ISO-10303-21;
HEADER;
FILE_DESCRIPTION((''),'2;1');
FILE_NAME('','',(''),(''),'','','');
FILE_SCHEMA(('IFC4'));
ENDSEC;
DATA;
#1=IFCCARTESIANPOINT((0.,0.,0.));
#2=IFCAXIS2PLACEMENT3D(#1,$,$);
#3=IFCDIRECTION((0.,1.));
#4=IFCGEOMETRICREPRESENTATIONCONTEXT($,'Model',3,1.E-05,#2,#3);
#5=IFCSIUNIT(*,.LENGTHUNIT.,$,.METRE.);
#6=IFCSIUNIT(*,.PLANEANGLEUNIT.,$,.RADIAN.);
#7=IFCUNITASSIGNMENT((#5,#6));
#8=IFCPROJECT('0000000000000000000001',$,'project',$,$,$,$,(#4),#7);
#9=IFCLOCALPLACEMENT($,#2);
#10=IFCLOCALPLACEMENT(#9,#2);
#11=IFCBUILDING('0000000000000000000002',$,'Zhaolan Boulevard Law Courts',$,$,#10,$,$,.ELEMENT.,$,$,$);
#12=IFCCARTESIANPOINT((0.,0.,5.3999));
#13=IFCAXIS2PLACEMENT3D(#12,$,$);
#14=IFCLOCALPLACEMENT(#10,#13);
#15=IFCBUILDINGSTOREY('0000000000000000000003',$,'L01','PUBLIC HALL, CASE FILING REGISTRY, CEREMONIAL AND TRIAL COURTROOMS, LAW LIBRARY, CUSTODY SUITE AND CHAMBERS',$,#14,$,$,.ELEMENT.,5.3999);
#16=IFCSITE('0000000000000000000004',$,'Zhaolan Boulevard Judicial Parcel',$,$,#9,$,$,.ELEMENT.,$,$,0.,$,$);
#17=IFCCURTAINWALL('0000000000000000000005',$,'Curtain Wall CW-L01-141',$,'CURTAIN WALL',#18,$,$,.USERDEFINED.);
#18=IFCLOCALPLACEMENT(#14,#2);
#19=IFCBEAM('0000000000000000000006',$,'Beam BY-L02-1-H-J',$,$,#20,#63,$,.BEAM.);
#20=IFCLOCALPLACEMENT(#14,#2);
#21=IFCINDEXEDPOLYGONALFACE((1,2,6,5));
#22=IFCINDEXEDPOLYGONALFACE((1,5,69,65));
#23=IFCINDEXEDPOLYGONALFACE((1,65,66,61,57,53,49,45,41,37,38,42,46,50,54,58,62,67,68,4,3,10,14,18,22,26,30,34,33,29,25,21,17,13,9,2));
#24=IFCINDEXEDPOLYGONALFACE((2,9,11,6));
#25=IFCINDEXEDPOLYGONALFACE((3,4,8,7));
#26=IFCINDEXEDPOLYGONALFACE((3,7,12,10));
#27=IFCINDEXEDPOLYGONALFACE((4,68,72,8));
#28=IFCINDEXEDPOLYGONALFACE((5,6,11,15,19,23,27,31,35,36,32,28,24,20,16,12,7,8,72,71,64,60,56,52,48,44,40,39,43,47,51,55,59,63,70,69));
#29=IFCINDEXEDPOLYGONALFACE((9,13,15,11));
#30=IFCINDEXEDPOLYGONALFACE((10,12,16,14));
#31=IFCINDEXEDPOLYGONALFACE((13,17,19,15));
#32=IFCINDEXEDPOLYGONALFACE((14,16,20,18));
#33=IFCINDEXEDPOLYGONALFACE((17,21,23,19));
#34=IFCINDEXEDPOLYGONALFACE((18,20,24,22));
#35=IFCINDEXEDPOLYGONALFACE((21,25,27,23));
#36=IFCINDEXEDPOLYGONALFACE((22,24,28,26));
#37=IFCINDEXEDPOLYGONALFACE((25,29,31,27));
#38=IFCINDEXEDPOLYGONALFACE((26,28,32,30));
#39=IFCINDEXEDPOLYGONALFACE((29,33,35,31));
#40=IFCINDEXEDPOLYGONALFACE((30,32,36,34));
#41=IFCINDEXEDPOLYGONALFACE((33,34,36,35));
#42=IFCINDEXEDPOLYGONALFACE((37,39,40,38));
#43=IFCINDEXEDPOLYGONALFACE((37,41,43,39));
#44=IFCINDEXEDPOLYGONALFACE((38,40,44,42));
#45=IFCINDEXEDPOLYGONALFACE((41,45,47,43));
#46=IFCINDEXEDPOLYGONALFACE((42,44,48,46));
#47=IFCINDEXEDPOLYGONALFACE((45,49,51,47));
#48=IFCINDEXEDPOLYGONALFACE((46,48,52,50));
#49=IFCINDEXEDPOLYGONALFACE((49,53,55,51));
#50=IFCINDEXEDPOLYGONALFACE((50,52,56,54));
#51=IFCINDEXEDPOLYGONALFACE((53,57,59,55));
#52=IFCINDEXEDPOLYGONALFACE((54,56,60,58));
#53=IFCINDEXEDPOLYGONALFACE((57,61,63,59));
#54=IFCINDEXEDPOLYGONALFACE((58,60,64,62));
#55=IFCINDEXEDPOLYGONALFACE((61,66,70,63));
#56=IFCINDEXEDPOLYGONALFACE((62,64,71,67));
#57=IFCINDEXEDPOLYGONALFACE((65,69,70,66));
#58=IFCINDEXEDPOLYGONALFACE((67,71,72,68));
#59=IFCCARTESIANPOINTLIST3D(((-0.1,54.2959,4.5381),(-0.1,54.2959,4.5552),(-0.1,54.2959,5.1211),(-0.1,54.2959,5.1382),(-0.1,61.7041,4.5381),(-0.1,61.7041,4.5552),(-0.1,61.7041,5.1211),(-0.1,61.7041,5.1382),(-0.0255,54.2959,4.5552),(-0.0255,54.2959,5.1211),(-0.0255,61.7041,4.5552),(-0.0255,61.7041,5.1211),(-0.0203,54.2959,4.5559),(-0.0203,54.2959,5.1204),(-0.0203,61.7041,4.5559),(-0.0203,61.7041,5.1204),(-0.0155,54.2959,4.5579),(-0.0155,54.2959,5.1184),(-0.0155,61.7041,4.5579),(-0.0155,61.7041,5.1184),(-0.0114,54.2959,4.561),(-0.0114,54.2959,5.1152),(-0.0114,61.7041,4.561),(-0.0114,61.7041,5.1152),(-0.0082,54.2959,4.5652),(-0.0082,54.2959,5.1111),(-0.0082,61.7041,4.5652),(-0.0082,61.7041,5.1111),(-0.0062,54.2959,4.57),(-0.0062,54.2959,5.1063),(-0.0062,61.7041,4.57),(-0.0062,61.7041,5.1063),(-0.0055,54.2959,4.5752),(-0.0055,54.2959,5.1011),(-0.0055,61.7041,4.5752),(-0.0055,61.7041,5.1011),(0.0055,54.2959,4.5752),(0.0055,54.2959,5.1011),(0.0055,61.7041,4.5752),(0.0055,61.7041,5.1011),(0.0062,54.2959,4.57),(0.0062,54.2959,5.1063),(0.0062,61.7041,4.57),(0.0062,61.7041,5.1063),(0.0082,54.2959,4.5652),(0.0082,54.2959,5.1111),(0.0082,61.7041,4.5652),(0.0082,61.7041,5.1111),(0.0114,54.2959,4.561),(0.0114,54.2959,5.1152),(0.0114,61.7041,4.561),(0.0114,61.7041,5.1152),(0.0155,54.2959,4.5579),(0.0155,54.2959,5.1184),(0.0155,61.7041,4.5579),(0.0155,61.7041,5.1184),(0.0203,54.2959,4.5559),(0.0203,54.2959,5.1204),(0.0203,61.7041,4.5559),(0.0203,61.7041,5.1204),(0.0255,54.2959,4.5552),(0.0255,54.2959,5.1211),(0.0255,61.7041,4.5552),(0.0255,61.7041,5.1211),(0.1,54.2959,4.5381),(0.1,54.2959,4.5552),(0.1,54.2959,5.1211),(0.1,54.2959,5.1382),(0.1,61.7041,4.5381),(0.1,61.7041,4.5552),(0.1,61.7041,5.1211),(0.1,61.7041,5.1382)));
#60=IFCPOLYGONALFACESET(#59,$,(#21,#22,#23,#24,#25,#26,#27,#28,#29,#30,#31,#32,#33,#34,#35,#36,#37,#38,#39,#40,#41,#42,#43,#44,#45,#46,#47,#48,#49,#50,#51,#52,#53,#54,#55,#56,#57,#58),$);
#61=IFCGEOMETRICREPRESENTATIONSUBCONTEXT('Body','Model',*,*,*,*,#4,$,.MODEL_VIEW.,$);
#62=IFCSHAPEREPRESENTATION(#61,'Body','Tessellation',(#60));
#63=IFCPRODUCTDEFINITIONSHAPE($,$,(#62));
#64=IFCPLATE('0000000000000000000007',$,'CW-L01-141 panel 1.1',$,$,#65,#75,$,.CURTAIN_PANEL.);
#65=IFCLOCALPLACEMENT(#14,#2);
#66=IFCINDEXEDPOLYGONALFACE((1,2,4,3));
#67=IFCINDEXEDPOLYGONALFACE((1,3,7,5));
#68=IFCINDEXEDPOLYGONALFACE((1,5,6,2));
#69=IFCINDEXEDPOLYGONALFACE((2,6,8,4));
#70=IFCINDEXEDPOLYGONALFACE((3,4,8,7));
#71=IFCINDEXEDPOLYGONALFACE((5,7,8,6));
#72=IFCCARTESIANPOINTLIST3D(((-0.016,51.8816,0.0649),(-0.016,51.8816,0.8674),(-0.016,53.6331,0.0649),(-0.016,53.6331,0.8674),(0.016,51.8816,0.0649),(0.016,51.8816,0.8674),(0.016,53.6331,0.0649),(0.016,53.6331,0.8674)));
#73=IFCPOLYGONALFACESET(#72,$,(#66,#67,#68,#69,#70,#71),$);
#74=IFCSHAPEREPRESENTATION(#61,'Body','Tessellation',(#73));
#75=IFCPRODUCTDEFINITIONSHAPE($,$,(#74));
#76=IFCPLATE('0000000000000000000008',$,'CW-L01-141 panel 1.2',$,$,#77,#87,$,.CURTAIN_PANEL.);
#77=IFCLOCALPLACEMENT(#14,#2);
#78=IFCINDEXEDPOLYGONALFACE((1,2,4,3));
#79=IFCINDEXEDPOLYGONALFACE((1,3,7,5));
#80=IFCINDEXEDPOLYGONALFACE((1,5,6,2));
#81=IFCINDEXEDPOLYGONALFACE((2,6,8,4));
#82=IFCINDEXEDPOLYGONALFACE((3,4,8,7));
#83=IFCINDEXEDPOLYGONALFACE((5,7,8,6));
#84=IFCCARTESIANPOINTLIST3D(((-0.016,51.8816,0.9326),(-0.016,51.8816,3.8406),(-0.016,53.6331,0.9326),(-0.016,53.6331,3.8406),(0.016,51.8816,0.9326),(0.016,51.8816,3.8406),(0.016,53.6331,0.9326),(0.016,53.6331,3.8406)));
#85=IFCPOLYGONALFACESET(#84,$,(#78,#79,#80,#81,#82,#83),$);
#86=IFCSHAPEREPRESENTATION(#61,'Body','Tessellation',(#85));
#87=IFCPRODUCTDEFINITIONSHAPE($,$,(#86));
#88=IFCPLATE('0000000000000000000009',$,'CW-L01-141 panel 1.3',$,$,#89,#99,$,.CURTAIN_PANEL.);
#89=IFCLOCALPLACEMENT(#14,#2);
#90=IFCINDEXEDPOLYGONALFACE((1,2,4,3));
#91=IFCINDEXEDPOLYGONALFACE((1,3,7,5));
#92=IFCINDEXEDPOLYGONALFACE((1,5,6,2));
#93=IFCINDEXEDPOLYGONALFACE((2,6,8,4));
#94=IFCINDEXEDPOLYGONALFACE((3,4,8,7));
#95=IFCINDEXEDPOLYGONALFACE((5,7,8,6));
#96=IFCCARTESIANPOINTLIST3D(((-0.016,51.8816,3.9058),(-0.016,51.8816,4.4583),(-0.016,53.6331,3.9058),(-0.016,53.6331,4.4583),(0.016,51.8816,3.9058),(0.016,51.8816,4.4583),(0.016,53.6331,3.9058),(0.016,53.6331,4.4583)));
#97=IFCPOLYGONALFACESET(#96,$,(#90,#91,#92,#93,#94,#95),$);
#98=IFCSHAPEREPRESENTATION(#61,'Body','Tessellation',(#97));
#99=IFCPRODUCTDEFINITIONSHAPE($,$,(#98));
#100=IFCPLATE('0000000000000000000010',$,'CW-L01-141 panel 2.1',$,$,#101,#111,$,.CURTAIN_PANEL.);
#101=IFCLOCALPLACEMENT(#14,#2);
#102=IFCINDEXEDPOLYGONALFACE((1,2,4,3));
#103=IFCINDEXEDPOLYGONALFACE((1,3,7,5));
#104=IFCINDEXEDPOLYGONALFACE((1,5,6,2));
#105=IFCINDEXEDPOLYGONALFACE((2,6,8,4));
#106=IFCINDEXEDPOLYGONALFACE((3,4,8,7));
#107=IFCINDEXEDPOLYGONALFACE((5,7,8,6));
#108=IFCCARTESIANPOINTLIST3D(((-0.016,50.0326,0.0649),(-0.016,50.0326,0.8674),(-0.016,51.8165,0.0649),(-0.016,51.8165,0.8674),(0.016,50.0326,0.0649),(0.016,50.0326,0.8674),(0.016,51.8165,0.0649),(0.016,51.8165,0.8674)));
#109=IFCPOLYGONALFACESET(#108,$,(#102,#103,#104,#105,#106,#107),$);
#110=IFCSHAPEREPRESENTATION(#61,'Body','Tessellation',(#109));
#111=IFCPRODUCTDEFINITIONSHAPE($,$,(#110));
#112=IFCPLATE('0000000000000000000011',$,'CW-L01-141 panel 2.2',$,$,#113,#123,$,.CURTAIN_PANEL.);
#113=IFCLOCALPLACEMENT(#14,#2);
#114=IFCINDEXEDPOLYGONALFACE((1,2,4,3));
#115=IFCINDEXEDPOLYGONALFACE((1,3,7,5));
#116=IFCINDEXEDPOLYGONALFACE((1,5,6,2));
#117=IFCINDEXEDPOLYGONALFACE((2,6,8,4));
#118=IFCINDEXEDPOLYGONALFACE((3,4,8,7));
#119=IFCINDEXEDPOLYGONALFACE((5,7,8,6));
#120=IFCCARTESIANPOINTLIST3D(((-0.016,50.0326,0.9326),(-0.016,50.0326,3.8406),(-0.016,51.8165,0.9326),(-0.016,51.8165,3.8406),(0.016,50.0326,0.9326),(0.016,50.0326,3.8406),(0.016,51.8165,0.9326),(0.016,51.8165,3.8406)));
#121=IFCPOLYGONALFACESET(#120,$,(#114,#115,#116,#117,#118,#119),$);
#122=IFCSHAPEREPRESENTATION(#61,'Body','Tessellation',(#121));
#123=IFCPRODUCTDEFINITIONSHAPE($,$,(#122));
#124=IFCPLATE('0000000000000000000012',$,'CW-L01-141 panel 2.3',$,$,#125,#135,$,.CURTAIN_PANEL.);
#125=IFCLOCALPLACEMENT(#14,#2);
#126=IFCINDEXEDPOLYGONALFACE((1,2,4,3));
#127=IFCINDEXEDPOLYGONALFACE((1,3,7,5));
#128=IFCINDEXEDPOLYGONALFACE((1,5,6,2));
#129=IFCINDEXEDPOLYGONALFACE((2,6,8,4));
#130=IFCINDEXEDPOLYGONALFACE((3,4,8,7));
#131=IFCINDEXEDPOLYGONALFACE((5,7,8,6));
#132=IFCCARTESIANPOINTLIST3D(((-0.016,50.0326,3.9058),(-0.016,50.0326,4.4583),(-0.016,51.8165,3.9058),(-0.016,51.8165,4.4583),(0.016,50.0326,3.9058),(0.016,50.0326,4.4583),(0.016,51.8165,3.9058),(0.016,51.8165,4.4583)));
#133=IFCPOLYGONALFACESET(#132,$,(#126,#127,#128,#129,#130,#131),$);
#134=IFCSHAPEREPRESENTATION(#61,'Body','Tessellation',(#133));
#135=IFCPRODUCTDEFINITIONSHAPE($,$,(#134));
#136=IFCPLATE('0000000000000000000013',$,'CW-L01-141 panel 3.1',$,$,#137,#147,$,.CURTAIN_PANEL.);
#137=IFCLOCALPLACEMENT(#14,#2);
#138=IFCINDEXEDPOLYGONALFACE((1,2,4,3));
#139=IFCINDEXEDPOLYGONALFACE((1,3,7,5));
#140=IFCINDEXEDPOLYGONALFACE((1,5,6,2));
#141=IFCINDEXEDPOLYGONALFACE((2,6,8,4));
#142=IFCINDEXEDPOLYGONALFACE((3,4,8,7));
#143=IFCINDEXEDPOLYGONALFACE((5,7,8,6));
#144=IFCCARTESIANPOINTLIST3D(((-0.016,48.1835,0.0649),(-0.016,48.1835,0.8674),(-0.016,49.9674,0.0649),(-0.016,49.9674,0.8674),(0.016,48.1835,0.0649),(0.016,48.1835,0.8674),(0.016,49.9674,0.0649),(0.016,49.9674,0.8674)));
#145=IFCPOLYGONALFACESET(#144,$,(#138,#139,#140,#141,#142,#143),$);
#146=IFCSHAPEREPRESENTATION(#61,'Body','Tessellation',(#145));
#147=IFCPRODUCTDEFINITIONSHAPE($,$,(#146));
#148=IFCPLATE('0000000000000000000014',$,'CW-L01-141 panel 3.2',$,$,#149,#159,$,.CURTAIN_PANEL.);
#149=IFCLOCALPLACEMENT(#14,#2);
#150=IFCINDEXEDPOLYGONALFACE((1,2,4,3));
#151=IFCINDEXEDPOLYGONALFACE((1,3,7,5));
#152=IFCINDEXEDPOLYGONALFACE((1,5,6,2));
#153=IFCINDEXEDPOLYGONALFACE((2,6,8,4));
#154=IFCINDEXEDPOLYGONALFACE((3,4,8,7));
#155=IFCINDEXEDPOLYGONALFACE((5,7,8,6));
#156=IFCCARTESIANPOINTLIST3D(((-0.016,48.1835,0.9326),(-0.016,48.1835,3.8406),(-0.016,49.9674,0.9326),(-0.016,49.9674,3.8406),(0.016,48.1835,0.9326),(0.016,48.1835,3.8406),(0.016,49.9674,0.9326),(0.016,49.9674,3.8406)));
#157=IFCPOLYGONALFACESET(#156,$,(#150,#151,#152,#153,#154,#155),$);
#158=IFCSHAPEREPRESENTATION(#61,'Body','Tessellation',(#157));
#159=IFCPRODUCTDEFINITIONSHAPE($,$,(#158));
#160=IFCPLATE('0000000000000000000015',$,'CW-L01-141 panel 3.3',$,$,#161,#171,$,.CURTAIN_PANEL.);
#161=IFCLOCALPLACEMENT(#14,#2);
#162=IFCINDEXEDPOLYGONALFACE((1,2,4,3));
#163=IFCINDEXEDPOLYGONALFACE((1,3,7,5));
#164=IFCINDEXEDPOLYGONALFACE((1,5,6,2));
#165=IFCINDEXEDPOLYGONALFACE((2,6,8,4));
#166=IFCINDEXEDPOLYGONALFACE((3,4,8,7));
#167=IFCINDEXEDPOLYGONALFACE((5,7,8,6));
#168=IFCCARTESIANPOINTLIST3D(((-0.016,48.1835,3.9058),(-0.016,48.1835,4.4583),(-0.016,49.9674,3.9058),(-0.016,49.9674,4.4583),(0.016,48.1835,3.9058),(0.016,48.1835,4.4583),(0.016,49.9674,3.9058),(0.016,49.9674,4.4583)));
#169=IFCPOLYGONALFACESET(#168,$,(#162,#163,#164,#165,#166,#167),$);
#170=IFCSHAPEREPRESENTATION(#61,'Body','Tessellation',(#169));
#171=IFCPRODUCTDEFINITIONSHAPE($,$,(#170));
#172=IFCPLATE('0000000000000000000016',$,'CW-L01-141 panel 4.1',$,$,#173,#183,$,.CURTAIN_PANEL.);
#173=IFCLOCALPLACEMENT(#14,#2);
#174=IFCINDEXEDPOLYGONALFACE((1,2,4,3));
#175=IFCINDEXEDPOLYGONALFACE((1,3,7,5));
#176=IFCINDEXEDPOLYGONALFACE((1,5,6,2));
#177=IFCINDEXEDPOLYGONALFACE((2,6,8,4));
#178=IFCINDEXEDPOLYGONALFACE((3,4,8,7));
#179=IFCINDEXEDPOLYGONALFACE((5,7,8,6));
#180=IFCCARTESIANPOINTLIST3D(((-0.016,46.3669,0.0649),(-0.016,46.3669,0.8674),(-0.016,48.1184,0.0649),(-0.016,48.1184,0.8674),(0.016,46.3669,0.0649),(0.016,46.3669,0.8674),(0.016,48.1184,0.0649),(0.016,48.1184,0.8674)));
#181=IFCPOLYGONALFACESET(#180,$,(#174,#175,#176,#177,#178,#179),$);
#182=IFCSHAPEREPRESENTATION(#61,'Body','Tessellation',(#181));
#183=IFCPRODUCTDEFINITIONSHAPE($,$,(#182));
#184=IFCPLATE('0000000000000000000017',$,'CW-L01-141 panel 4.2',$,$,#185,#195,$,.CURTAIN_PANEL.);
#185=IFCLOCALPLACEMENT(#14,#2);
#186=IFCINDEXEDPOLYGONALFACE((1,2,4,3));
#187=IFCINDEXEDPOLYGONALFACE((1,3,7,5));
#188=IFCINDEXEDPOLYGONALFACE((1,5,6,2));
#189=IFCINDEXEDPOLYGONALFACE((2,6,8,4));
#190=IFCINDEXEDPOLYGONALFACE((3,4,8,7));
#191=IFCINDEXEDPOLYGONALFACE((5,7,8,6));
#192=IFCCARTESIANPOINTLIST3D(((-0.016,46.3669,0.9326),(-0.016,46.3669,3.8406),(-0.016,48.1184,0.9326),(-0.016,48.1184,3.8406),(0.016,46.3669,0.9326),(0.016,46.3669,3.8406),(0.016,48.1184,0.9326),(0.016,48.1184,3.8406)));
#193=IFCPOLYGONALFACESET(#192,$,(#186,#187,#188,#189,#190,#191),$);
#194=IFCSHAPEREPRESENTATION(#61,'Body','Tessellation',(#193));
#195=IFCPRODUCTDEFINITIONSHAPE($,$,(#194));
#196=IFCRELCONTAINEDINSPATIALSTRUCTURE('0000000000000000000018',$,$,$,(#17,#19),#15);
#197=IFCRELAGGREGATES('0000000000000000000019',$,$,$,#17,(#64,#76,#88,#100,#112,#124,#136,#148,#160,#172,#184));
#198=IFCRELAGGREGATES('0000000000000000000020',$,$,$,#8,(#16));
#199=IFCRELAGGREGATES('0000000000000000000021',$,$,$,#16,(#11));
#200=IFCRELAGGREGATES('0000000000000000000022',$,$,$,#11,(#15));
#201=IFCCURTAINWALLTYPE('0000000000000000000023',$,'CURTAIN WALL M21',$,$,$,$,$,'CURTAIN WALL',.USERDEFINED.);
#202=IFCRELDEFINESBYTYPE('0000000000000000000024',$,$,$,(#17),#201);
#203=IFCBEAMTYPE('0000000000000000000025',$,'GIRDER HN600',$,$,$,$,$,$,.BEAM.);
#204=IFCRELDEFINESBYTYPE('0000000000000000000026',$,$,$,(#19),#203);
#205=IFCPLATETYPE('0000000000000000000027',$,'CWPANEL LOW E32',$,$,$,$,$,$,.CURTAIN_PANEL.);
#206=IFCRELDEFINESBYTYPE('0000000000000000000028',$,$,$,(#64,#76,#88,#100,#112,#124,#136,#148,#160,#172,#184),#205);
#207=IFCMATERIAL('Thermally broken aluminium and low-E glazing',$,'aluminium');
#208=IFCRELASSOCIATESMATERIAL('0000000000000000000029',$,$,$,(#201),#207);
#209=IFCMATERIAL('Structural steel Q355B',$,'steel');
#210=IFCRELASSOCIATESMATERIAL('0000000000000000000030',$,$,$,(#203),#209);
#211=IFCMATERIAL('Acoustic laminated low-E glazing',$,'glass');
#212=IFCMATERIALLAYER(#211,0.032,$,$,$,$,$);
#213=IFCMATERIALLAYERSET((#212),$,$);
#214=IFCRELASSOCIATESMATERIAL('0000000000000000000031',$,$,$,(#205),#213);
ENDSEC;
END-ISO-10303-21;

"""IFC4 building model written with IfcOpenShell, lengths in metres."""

from ifc_helpers import new_model, si_unit, direction, frame, origin, origin_2d, place, context, subcontext, project, spatial, rectangle, i_section, extrude, material, layer, layer_set, material_profile, profile_set, type_object, element, aggregate, save


model = new_model("IFC4")

# Units and contexts
model_context = context("Model", 3, precision=1e-05, world=origin(), true_north=direction((0.0, 1.0)))
body_context = subcontext(model_context, "Body", "Model", "MODEL_VIEW")
ifc_project = project(units=[si_unit("LENGTHUNIT", "METRE"), si_unit("PLANEANGLEUNIT", "RADIAN")], contexts=[model_context])

# Site, building, storey
site_placement = place(None, origin())
site = spatial("IfcSite", under=ifc_project, at=site_placement, Name="Zhaolan Boulevard Judicial Parcel", CompositionType="ELEMENT", RefElevation=0.0)
building_placement = place(site_placement, origin())
building = spatial("IfcBuilding", under=site, at=building_placement, Name="Zhaolan Boulevard Law Courts", CompositionType="ELEMENT")
storey_placement = place(building_placement, frame((0.0, 0.0, 5.3999)))
storey = spatial("IfcBuildingStorey", under=building, at=storey_placement, Name="L01", Description="PUBLIC HALL, CASE FILING REGISTRY, CEREMONIAL AND TRIAL COURTROOMS, LAW LIBRARY, CUSTODY SUITE AND CHAMBERS", CompositionType="ELEMENT", Elevation=5.3999)

# Curtain wall
ifc_material_1 = material(Name="Thermally broken aluminium and low-E glazing", Category="aluminium")
curtain_wall_type = type_object("IfcCurtainWallType", Name="CURTAIN WALL M21", ElementType="CURTAIN WALL", PredefinedType="USERDEFINED", material=ifc_material_1)
curtain_wall_placement = place(storey_placement, origin())
curtain_wall = element("IfcCurtainWall", 1, at=curtain_wall_placement, inside=storey, type_object=curtain_wall_type, Name="Curtain Wall CW-L01-141", ObjectType="CURTAIN WALL", PredefinedType="USERDEFINED")

# Beam
ifc_material_2 = material(Name="Structural steel Q355B", Category="steel")
ifc_material_profile_1 = material_profile(ifc_material_2, i_section(OverallWidth=0.2, OverallDepth=0.6001, WebThickness=0.011, FlangeThickness=0.0171, FilletRadius=0.02, at=origin_2d()), Name="HN600x200")
ifc_profile_set_1 = profile_set([ifc_material_profile_1], Name="Structural steel Q355B")
beam_type_1 = type_object("IfcBeamType", Name="GIRDER HN600", PredefinedType="BEAM", material=ifc_profile_set_1)
beam_1_placement = place(storey_placement, frame((0.0, 54.2959, 4.8381), z_axis=(0.0, 1.0, 0.0), x_axis=(-1.0, 0.0, 0.0)))
element("IfcBeam", 2, at=beam_1_placement, inside=storey, type_object=beam_type_1, Name="Beam BY-L02-1-H-J", PredefinedType="BEAM", context=body_context, shape_type="SweptSolid", body=[
    extrude(i_section(OverallWidth=0.2, OverallDepth=0.6001, WebThickness=0.011, FlangeThickness=0.0171, FilletRadius=0.02, at=origin_2d()), origin(), (0.0, 0.0, 1.0), 7.4082),
])

# Plates
ifc_material_3 = material(Name="Acoustic laminated low-E glazing", Category="glass")
ifc_layer_1 = layer(ifc_material_3, 0.032)
ifc_layer_set_1 = layer_set([ifc_layer_1])
plate_type_1 = type_object("IfcPlateType", Name="CWPANEL LOW E32", PredefinedType="CURTAIN_PANEL", material=ifc_layer_set_1)
plate_1_placement = place(storey_placement, frame((0.0, 52.7573, 0.0649), z_axis=(0.0, 0.0, 1.0), x_axis=(0.0, -1.0, 0.0)))
plate_1 = element("IfcPlate", 3, at=plate_1_placement, type_object=plate_type_1, Name="CW-L01-141 panel 1.1", PredefinedType="CURTAIN_PANEL", context=body_context, shape_type="SweptSolid", body=[
    extrude(rectangle(XDim=1.7515, YDim=0.032, at=origin_2d()), origin(), (0.0, 0.0, 1.0), 0.8025),
])
plate_2_placement = place(storey_placement, frame((0.0, 52.7573, 0.9326), z_axis=(0.0, 0.0, 1.0), x_axis=(0.0, -1.0, 0.0)))
plate_2 = element("IfcPlate", 4, at=plate_2_placement, type_object=plate_type_1, Name="CW-L01-141 panel 1.2", PredefinedType="CURTAIN_PANEL", context=body_context, shape_type="SweptSolid", body=[
    extrude(rectangle(XDim=1.7515, YDim=0.032, at=origin_2d()), origin(), (0.0, 0.0, 1.0), 2.908),
])
plate_3_placement = place(storey_placement, frame((0.0, 52.7573, 3.9058), z_axis=(0.0, 0.0, 1.0), x_axis=(0.0, -1.0, 0.0)))
plate_3 = element("IfcPlate", 5, at=plate_3_placement, type_object=plate_type_1, Name="CW-L01-141 panel 1.3", PredefinedType="CURTAIN_PANEL", context=body_context, shape_type="SweptSolid", body=[
    extrude(rectangle(XDim=1.7515, YDim=0.032, at=origin_2d()), origin(), (0.0, 0.0, 1.0), 0.5525),
])
plate_4_placement = place(storey_placement, frame((0.0, 50.9246, 0.0649), z_axis=(0.0, 0.0, 1.0), x_axis=(0.0, -1.0, 0.0)))
plate_4 = element("IfcPlate", 6, at=plate_4_placement, type_object=plate_type_1, Name="CW-L01-141 panel 2.1", PredefinedType="CURTAIN_PANEL", context=body_context, shape_type="SweptSolid", body=[
    extrude(rectangle(XDim=1.7839, YDim=0.032, at=origin_2d()), origin(), (0.0, 0.0, 1.0), 0.8025),
])
plate_5_placement = place(storey_placement, frame((0.0, 50.9246, 0.9326), z_axis=(0.0, 0.0, 1.0), x_axis=(0.0, -1.0, 0.0)))
plate_5 = element("IfcPlate", 7, at=plate_5_placement, type_object=plate_type_1, Name="CW-L01-141 panel 2.2", PredefinedType="CURTAIN_PANEL", context=body_context, shape_type="SweptSolid", body=[
    extrude(rectangle(XDim=1.7839, YDim=0.032, at=origin_2d()), origin(), (0.0, 0.0, 1.0), 2.908),
])
plate_6_placement = place(storey_placement, frame((0.0, 50.9246, 3.9058), z_axis=(0.0, 0.0, 1.0), x_axis=(0.0, -1.0, 0.0)))
plate_6 = element("IfcPlate", 8, at=plate_6_placement, type_object=plate_type_1, Name="CW-L01-141 panel 2.3", PredefinedType="CURTAIN_PANEL", context=body_context, shape_type="SweptSolid", body=[
    extrude(rectangle(XDim=1.7839, YDim=0.032, at=origin_2d()), origin(), (0.0, 0.0, 1.0), 0.5525),
])
plate_7_placement = place(storey_placement, frame((0.0, 49.0754, 0.0649), z_axis=(0.0, 0.0, 1.0), x_axis=(0.0, -1.0, 0.0)))
plate_7 = element("IfcPlate", 9, at=plate_7_placement, type_object=plate_type_1, Name="CW-L01-141 panel 3.1", PredefinedType="CURTAIN_PANEL", context=body_context, shape_type="SweptSolid", body=[
    extrude(rectangle(XDim=1.7839, YDim=0.032, at=origin_2d()), origin(), (0.0, 0.0, 1.0), 0.8025),
])
plate_8_placement = place(storey_placement, frame((0.0, 49.0754, 0.9326), z_axis=(0.0, 0.0, 1.0), x_axis=(0.0, -1.0, 0.0)))
plate_8 = element("IfcPlate", 10, at=plate_8_placement, type_object=plate_type_1, Name="CW-L01-141 panel 3.2", PredefinedType="CURTAIN_PANEL", context=body_context, shape_type="SweptSolid", body=[
    extrude(rectangle(XDim=1.7839, YDim=0.032, at=origin_2d()), origin(), (0.0, 0.0, 1.0), 2.908),
])
plate_9_placement = place(storey_placement, frame((0.0, 49.0754, 3.9058), z_axis=(0.0, 0.0, 1.0), x_axis=(0.0, -1.0, 0.0)))
plate_9 = element("IfcPlate", 11, at=plate_9_placement, type_object=plate_type_1, Name="CW-L01-141 panel 3.3", PredefinedType="CURTAIN_PANEL", context=body_context, shape_type="SweptSolid", body=[
    extrude(rectangle(XDim=1.7839, YDim=0.032, at=origin_2d()), origin(), (0.0, 0.0, 1.0), 0.5525),
])
plate_10_placement = place(storey_placement, frame((0.0, 47.2427, 0.0649), z_axis=(0.0, 0.0, 1.0), x_axis=(0.0, -1.0, 0.0)))
plate_10 = element("IfcPlate", 12, at=plate_10_placement, type_object=plate_type_1, Name="CW-L01-141 panel 4.1", PredefinedType="CURTAIN_PANEL", context=body_context, shape_type="SweptSolid", body=[
    extrude(rectangle(XDim=1.7515, YDim=0.032, at=origin_2d()), origin(), (0.0, 0.0, 1.0), 0.8025),
])
plate_11_placement = place(storey_placement, frame((0.0, 47.2427, 0.9326), z_axis=(0.0, 0.0, 1.0), x_axis=(0.0, -1.0, 0.0)))
plate_11 = element("IfcPlate", 13, at=plate_11_placement, type_object=plate_type_1, Name="CW-L01-141 panel 4.2", PredefinedType="CURTAIN_PANEL", context=body_context, shape_type="SweptSolid", body=[
    extrude(rectangle(XDim=1.7515, YDim=0.032, at=origin_2d()), origin(), (0.0, 0.0, 1.0), 2.908),
])
aggregate(curtain_wall, [plate_1, plate_2, plate_3, plate_4, plate_5, plate_6, plate_7, plate_8, plate_9, plate_10, plate_11])

save(model, "model.ifc")
